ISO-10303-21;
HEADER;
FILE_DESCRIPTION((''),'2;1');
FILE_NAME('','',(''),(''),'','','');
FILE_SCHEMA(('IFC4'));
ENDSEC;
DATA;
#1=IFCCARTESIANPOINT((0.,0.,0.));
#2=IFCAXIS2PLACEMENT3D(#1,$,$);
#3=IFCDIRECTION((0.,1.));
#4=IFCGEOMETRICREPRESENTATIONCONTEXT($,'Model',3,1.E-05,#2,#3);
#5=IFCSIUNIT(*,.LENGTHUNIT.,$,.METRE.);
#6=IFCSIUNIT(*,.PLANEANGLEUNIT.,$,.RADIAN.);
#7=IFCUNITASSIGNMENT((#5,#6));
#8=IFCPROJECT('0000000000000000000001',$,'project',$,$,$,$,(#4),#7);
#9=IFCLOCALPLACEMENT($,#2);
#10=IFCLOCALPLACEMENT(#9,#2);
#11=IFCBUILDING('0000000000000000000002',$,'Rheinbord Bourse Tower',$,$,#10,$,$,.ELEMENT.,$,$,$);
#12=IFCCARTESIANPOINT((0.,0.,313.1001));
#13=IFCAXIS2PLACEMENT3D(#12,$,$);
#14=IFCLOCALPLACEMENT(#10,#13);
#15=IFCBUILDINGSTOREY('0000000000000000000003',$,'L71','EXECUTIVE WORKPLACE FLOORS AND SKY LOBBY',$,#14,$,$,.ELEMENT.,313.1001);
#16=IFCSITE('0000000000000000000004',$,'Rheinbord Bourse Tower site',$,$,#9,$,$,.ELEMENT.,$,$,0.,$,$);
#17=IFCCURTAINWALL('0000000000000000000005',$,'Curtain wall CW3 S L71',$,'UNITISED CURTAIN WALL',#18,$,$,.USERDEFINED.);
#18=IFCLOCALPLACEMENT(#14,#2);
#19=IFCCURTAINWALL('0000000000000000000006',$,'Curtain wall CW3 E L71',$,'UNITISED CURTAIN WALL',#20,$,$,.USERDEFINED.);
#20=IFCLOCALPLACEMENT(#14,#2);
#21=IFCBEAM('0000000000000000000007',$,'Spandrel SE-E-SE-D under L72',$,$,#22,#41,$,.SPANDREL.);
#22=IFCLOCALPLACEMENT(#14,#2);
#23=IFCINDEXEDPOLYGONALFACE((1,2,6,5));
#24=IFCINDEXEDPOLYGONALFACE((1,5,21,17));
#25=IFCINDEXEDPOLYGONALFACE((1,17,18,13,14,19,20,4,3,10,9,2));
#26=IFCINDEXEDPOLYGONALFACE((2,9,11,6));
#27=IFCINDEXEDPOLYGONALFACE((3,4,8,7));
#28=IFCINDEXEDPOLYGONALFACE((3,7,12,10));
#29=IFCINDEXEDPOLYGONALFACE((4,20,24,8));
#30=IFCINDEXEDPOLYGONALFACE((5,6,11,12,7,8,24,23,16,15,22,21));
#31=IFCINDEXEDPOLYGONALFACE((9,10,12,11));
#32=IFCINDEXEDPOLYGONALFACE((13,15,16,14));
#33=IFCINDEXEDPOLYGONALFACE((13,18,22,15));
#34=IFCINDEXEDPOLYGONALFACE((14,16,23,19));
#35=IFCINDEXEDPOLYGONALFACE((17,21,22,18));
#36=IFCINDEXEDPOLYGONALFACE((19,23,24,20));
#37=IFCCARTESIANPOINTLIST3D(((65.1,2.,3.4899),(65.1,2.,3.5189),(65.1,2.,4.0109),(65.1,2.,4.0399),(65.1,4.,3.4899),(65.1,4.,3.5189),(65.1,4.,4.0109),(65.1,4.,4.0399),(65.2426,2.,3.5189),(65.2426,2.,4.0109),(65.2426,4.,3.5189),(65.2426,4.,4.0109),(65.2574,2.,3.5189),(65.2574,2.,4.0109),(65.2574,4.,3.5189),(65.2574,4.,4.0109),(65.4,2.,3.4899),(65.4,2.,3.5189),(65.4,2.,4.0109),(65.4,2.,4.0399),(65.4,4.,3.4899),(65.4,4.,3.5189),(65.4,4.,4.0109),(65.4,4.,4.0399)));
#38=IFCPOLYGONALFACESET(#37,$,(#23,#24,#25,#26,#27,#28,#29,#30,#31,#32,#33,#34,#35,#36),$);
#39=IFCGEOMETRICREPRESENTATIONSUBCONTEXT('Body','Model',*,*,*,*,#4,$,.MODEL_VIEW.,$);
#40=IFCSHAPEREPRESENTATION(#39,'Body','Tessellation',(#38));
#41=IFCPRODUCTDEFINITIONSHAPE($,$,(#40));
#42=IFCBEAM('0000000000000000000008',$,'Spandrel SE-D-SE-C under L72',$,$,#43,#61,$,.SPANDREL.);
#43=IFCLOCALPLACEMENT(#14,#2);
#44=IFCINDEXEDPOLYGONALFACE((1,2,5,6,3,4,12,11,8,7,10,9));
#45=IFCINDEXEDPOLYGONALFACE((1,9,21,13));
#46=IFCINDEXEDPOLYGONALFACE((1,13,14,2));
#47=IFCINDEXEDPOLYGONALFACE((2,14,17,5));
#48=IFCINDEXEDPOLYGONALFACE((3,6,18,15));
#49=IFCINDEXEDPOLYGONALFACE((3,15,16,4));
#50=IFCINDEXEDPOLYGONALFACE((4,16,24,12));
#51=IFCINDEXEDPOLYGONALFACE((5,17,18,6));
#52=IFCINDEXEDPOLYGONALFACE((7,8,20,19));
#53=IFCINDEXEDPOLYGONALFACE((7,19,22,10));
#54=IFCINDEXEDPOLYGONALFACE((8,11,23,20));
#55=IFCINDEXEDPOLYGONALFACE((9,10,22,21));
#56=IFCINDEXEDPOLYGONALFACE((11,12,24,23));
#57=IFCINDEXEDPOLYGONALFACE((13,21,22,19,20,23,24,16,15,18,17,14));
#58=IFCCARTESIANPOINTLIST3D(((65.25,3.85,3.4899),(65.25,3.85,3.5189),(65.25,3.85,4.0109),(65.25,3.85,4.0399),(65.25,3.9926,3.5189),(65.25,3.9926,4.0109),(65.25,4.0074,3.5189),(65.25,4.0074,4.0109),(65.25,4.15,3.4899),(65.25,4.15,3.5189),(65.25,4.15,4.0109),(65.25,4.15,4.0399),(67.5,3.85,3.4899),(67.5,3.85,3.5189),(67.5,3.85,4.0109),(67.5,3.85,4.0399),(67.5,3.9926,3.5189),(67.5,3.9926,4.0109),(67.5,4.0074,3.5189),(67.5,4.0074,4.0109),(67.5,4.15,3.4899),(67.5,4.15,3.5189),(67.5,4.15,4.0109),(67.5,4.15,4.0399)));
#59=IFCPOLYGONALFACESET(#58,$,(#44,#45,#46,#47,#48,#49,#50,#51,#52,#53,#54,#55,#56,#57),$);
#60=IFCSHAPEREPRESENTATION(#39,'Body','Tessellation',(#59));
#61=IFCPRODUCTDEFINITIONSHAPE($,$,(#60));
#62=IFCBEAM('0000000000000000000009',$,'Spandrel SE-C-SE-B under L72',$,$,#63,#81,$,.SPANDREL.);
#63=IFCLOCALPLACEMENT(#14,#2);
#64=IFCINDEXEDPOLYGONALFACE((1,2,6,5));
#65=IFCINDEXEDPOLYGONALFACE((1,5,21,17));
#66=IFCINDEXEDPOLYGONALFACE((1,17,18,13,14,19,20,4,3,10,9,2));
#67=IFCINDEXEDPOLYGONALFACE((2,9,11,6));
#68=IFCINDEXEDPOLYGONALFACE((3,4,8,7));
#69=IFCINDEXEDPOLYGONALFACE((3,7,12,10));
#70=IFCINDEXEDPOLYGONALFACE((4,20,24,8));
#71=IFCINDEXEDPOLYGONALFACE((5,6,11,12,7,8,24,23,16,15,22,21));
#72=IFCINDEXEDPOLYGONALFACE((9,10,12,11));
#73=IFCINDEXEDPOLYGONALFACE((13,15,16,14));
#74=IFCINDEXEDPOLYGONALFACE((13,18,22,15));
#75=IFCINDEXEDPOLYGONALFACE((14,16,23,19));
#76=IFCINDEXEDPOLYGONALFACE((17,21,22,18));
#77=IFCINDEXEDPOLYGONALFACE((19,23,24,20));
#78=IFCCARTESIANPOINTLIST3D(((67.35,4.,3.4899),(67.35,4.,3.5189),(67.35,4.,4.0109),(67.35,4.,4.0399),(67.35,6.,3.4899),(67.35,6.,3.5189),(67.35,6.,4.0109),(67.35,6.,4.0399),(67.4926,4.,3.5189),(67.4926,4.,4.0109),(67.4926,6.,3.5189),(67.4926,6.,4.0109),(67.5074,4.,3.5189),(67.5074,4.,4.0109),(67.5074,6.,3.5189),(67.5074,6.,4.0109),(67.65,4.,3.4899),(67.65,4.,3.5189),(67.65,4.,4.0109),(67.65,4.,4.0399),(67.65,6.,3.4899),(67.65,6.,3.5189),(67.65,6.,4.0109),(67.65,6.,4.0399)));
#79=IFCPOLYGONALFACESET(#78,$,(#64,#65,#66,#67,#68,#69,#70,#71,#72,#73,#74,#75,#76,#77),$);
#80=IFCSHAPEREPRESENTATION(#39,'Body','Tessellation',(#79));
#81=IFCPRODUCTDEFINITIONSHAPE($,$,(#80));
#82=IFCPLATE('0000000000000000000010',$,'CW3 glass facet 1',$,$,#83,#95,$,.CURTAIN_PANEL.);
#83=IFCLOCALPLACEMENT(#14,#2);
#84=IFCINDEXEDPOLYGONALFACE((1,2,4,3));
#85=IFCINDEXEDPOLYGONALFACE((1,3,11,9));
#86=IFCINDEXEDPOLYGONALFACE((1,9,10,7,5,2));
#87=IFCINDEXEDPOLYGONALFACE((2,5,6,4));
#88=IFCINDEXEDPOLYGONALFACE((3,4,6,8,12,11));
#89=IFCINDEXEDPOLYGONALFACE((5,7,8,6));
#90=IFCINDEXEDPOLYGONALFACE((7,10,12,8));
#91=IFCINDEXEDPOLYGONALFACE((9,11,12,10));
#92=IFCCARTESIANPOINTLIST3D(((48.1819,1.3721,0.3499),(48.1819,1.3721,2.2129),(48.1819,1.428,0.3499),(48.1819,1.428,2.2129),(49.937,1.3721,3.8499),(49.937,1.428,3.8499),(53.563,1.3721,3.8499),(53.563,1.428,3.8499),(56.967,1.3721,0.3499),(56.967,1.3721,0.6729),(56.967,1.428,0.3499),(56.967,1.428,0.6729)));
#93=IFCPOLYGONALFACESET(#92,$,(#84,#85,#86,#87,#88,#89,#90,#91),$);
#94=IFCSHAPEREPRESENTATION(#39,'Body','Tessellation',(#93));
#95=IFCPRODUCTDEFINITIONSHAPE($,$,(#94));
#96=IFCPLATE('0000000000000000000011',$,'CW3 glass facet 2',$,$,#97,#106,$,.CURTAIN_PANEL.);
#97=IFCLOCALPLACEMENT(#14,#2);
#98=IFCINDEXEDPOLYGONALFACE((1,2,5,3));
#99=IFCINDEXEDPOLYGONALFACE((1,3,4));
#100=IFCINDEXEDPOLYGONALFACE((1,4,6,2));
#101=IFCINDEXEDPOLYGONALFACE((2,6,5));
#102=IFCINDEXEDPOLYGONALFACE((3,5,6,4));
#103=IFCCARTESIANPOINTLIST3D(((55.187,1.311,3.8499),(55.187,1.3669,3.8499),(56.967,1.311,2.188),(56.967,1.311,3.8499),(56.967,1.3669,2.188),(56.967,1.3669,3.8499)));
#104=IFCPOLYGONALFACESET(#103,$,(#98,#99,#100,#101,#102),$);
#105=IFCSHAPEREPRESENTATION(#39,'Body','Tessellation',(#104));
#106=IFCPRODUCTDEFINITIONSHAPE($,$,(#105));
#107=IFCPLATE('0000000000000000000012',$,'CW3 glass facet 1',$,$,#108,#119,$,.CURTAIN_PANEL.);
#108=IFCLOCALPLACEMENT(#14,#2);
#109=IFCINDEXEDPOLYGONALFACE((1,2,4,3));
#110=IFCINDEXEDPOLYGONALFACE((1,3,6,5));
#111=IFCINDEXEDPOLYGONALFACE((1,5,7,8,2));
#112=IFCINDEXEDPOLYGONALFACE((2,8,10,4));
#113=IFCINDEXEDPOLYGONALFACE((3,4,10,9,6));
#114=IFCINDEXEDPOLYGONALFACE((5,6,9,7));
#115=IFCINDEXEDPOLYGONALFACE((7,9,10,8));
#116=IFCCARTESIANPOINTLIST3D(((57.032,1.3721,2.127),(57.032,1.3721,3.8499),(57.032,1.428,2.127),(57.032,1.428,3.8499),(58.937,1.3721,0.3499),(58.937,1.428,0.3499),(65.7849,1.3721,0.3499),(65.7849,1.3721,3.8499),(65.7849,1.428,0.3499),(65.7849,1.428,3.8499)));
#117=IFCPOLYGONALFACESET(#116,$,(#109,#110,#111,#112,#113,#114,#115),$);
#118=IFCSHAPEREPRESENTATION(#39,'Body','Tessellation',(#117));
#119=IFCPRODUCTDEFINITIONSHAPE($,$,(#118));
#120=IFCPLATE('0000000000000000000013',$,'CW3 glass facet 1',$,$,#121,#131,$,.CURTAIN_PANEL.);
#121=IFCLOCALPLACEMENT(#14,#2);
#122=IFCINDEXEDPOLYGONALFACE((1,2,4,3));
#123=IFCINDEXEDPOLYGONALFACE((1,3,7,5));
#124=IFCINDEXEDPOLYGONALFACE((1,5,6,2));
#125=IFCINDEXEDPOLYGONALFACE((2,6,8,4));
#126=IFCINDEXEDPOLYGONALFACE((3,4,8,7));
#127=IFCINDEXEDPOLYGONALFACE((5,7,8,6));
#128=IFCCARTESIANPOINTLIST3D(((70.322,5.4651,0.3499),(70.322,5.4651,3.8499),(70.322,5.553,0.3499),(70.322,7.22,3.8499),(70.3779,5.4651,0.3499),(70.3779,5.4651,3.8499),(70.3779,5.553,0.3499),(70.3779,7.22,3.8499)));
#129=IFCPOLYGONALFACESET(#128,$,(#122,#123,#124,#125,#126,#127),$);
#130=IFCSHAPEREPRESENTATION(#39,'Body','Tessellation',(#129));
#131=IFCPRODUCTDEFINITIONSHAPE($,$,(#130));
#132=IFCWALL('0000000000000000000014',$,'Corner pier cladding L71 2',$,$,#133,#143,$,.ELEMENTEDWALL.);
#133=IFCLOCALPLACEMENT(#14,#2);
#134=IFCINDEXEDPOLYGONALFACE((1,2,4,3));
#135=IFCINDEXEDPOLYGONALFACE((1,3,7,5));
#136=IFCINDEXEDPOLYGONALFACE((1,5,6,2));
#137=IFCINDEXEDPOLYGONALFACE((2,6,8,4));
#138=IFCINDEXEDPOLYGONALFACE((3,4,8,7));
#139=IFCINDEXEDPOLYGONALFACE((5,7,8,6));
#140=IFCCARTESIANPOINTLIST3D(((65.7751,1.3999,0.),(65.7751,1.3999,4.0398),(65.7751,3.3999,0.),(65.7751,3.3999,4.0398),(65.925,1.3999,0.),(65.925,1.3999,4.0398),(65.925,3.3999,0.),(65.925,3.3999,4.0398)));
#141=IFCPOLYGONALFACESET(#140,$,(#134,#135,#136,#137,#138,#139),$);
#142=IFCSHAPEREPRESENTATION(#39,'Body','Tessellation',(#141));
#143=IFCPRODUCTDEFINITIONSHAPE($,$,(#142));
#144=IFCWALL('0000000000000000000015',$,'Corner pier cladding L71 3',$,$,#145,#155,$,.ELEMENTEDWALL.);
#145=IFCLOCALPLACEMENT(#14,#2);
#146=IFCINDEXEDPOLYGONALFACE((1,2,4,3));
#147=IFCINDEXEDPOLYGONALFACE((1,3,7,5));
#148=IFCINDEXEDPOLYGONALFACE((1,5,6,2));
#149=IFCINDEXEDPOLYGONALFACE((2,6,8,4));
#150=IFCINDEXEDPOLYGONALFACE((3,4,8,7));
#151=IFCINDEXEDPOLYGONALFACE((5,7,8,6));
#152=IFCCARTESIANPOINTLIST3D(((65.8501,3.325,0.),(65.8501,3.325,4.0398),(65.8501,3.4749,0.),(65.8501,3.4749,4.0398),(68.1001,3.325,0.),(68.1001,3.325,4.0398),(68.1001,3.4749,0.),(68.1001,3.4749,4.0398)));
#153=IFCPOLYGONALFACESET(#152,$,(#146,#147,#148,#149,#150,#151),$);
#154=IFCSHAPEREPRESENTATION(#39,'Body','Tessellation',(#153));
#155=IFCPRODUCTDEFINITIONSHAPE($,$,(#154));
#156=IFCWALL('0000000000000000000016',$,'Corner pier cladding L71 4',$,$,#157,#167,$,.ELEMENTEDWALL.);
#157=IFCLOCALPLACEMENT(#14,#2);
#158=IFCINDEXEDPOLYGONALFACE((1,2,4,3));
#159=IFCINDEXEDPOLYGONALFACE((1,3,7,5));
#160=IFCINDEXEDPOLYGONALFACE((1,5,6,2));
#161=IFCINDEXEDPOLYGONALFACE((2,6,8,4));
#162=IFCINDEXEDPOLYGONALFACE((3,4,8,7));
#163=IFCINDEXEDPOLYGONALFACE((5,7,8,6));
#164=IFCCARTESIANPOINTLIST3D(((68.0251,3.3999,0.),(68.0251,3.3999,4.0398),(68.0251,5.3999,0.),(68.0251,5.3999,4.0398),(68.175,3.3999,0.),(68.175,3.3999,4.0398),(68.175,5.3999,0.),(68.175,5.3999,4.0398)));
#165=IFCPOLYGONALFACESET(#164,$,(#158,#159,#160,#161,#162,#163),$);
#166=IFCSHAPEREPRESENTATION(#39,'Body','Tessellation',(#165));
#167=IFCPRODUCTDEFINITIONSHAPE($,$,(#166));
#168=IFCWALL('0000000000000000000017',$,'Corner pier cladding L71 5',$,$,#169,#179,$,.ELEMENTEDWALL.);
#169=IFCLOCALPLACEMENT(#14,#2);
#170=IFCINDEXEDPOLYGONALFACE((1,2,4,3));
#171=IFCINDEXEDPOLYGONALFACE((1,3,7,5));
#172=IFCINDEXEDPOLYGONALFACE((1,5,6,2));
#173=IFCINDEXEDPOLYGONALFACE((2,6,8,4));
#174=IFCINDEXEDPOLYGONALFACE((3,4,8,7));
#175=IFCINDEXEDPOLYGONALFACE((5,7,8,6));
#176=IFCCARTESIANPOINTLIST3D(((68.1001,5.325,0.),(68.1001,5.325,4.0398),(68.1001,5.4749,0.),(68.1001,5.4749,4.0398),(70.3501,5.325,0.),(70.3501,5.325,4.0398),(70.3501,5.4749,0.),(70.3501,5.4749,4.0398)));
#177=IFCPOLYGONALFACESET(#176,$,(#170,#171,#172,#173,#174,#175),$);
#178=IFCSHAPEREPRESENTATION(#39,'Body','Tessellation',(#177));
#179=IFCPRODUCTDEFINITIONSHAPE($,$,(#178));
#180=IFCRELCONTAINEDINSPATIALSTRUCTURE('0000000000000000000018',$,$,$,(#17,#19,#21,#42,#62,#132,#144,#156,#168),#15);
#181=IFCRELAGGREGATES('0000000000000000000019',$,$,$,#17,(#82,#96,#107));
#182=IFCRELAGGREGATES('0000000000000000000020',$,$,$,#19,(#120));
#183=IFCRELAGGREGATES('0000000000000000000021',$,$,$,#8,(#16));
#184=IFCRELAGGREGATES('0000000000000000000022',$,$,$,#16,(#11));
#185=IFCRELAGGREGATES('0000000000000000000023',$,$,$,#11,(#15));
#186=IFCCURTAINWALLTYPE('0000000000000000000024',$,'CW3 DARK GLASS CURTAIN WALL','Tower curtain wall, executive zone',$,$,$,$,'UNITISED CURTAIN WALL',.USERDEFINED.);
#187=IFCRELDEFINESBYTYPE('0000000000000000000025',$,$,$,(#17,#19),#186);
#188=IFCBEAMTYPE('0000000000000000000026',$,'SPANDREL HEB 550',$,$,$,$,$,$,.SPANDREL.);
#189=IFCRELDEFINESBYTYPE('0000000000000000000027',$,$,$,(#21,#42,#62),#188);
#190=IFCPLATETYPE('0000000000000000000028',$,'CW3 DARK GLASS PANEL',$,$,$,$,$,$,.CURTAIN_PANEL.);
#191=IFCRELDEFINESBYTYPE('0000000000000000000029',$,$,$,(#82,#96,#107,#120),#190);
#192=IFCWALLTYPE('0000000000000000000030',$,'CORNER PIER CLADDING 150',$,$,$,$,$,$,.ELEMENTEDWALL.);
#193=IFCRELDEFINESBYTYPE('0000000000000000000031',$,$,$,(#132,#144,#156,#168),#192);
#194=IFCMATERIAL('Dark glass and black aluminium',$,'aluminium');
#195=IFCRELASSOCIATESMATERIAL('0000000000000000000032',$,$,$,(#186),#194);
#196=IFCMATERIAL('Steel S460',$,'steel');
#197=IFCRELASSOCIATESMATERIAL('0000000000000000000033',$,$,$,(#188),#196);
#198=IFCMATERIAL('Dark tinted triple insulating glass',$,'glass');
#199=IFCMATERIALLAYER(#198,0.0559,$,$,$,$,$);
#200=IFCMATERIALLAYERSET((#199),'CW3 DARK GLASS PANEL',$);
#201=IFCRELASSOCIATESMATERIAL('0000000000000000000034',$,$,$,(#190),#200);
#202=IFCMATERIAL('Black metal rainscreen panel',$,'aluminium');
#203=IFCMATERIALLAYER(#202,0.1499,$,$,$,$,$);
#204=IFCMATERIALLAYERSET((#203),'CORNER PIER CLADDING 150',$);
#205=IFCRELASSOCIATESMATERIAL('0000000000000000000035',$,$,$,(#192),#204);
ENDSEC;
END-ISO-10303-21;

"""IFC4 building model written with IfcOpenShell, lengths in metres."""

from ifc_helpers import new_model, si_unit, direction, frame, frame_2d, origin, origin_2d, place, context, subcontext, project, spatial, polyline, rectangle, i_section, outline, extrude, material, layer, layer_set, material_profile, profile_set, type_object, element, aggregate, save


model = new_model("IFC4")

# Units and contexts
model_context = context("Model", 3, precision=1e-05, world=origin(), true_north=direction((0.0, 1.0)))
body_context = subcontext(model_context, "Body", "Model", "MODEL_VIEW")
ifc_project = project(units=[si_unit("LENGTHUNIT", "METRE"), si_unit("PLANEANGLEUNIT", "RADIAN")], contexts=[model_context])

# Site, building, storey
site_placement = place(None, origin())
site = spatial("IfcSite", under=ifc_project, at=site_placement, Name="Rheinbord Bourse Tower site", CompositionType="ELEMENT", RefElevation=0.0)
building_placement = place(site_placement, origin())
building = spatial("IfcBuilding", under=site, at=building_placement, Name="Rheinbord Bourse Tower", CompositionType="ELEMENT")
storey_placement = place(building_placement, frame((0.0, 0.0, 313.1001)))
storey = spatial("IfcBuildingStorey", under=building, at=storey_placement, Name="L71", Description="EXECUTIVE WORKPLACE FLOORS AND SKY LOBBY", CompositionType="ELEMENT", Elevation=313.1001)

# Curtain wall
ifc_material_1 = material(Name="Dark glass and black aluminium", Category="aluminium")
curtain_wall_type = type_object("IfcCurtainWallType", Name="CW3 DARK GLASS CURTAIN WALL", Description="Tower curtain wall, executive zone", ElementType="UNITISED CURTAIN WALL", PredefinedType="USERDEFINED", material=ifc_material_1)
curtain_wall_1_placement = place(storey_placement, origin())
curtain_wall_1 = element("IfcCurtainWall", 1, at=curtain_wall_1_placement, inside=storey, type_object=curtain_wall_type, Name="Curtain wall CW3 S L71", ObjectType="UNITISED CURTAIN WALL", PredefinedType="USERDEFINED")

# Curtain wall
curtain_wall_2_placement = place(storey_placement, origin())
curtain_wall_2 = element("IfcCurtainWall", 2, at=curtain_wall_2_placement, inside=storey, type_object=curtain_wall_type, Name="Curtain wall CW3 E L71", ObjectType="UNITISED CURTAIN WALL", PredefinedType="USERDEFINED")

# Beams
ifc_material_2 = material(Name="Steel S460", Category="steel")
ifc_material_profile_1 = material_profile(ifc_material_2, i_section(OverallWidth=0.3, OverallDepth=0.55, WebThickness=0.0149, FlangeThickness=0.0291, at=origin_2d()), Name="HEB 550")
ifc_profile_set_1 = profile_set([ifc_material_profile_1], Name="Steel S460")
beam_type_1 = type_object("IfcBeamType", Name="SPANDREL HEB 550", PredefinedType="SPANDREL", material=ifc_profile_set_1)
beam_1_placement = place(storey_placement, frame((65.25, 2.0, 3.7649), z_axis=(0.0, 1.0, 0.0), x_axis=(-1.0, 0.0, 0.0)))
element("IfcBeam", 3, at=beam_1_placement, inside=storey, type_object=beam_type_1, Name="Spandrel SE-E-SE-D under L72", PredefinedType="SPANDREL", context=body_context, shape_type="SweptSolid", body=[
    extrude(i_section(OverallWidth=0.3, OverallDepth=0.55, WebThickness=0.0149, FlangeThickness=0.0291, at=origin_2d()), origin(), (0.0, 0.0, 1.0), 2.0),
])
beam_2_placement = place(storey_placement, frame((65.25, 4.0, 3.7649), z_axis=(1.0, 0.0, 0.0), x_axis=(0.0, 1.0, 0.0)))
element("IfcBeam", 4, at=beam_2_placement, inside=storey, type_object=beam_type_1, Name="Spandrel SE-D-SE-C under L72", PredefinedType="SPANDREL", context=body_context, shape_type="SweptSolid", body=[
    extrude(i_section(OverallWidth=0.3, OverallDepth=0.55, WebThickness=0.0149, FlangeThickness=0.0291, at=origin_2d()), origin(), (0.0, 0.0, 1.0), 2.25),
])
beam_3_placement = place(storey_placement, frame((67.5, 4.0, 3.7649), z_axis=(0.0, 1.0, 0.0), x_axis=(-1.0, 0.0, 0.0)))
element("IfcBeam", 5, at=beam_3_placement, inside=storey, type_object=beam_type_1, Name="Spandrel SE-C-SE-B under L72", PredefinedType="SPANDREL", context=body_context, shape_type="SweptSolid", body=[
    extrude(i_section(OverallWidth=0.3, OverallDepth=0.55, WebThickness=0.0149, FlangeThickness=0.0291, at=origin_2d()), origin(), (0.0, 0.0, 1.0), 2.0),
])

# Plates
ifc_material_3 = material(Name="Dark tinted triple insulating glass", Category="glass")
ifc_layer_1 = layer(ifc_material_3, 0.0559)
ifc_layer_set_1 = layer_set([ifc_layer_1], Name="CW3 DARK GLASS PANEL")
plate_type = type_object("IfcPlateType", Name="CW3 DARK GLASS PANEL", PredefinedType="CURTAIN_PANEL", material=ifc_layer_set_1)
plate_1_placement = place(storey_placement, frame((56.967, 1.3721, 0.3499), z_axis=(0.0, 1.0, 0.0), x_axis=(-1.0, 0.0, 0.0)))
plate_1 = element("IfcPlate", 6, at=plate_1_placement, type_object=plate_type, Name="CW3 glass facet 1", PredefinedType="CURTAIN_PANEL", context=body_context, shape_type="SweptSolid", body=[
    extrude(outline(polyline([(0.0, 0.0), (8.7852, 0.0), (8.7852, 1.863), (7.03, 3.5), (3.4041, 3.5), (0.0, 0.323), (0.0, 0.0)])), origin(), (0.0, 0.0, 1.0), 0.0559),
])
plate_2_placement = place(storey_placement, frame((56.967, 1.311, 3.8499), z_axis=(0.0, 1.0, 0.0), x_axis=(0.0, 0.0, -1.0)))
plate_2 = element("IfcPlate", 7, at=plate_2_placement, type_object=plate_type, Name="CW3 glass facet 2", PredefinedType="CURTAIN_PANEL", context=body_context, shape_type="SweptSolid", body=[
    extrude(outline(polyline([(0.0, 0.0), (1.6619, 0.0), (0.0, 1.78), (0.0, 0.0)])), origin(), (0.0, 0.0, 1.0), 0.0559),
])
plate_3_placement = place(storey_placement, frame((57.032, 1.3721, 3.8499), z_axis=(0.0, 1.0, 0.0), x_axis=(1.0, 0.0, 0.0)))
plate_3 = element("IfcPlate", 8, at=plate_3_placement, type_object=plate_type, Name="CW3 glass facet 1", PredefinedType="CURTAIN_PANEL", context=body_context, shape_type="SweptSolid", body=[
    extrude(outline(polyline([(0.0, 0.0), (8.7529, 0.0), (8.7529, 3.5), (1.905, 3.5), (0.0, 1.7229), (0.0, 0.0)])), origin(), (0.0, 0.0, 1.0), 0.0559),
])
aggregate(curtain_wall_1, [plate_1, plate_2, plate_3])
plate_4_placement = place(storey_placement, frame((70.3779, 5.4651, 0.3499), z_axis=(-1.0, 0.0, 0.0), x_axis=(0.0, 0.0, 1.0)))
plate_4 = element("IfcPlate", 9, at=plate_4_placement, type_object=plate_type, Name="CW3 glass facet 1", PredefinedType="CURTAIN_PANEL", context=body_context, shape_type="SweptSolid", body=[
    extrude(outline(polyline([(0.0, 0.0), (3.5, 0.0), (3.5, 1.7549), (0.0, 0.0879), (0.0, 0.0)])), origin(), (0.0, 0.0, 1.0), 0.0559),
])
aggregate(curtain_wall_2, [plate_4])

# Walls
ifc_material_4 = material(Name="Black metal rainscreen panel", Category="aluminium")
ifc_layer_2 = layer(ifc_material_4, 0.1499)
ifc_layer_set_2 = layer_set([ifc_layer_2], Name="CORNER PIER CLADDING 150")
wall_type = type_object("IfcWallType", Name="CORNER PIER CLADDING 150", PredefinedType="ELEMENTEDWALL", material=ifc_layer_set_2)
wall_1_placement = place(storey_placement, frame((65.8501, 1.3999, 0.0), z_axis=(0.0, 0.0, 1.0), x_axis=(0.0, 1.0, 0.0)))
element("IfcWall", 10, at=wall_1_placement, inside=storey, type_object=wall_type, Name="Corner pier cladding L71 2", PredefinedType="ELEMENTEDWALL", context=body_context, shape_type="SweptSolid", body=[
    extrude(rectangle(XDim=2.0, YDim=0.1499, at=frame_2d((1.0, 0.0))), origin(), (0.0, 0.0, 1.0), 4.0398),
])
wall_2_placement = place(storey_placement, frame((65.8501, 3.3999, 0.0), z_axis=(0.0, 0.0, 1.0), x_axis=(1.0, 0.0, 0.0)))
element("IfcWall", 11, at=wall_2_placement, inside=storey, type_object=wall_type, Name="Corner pier cladding L71 3", PredefinedType="ELEMENTEDWALL", context=body_context, shape_type="SweptSolid", body=[
    extrude(rectangle(XDim=2.25, YDim=0.1499, at=frame_2d((1.125, 0.0))), origin(), (0.0, 0.0, 1.0), 4.0398),
])
wall_3_placement = place(storey_placement, frame((68.1001, 3.3999, 0.0), z_axis=(0.0, 0.0, 1.0), x_axis=(0.0, 1.0, 0.0)))
element("IfcWall", 12, at=wall_3_placement, inside=storey, type_object=wall_type, Name="Corner pier cladding L71 4", PredefinedType="ELEMENTEDWALL", context=body_context, shape_type="SweptSolid", body=[
    extrude(rectangle(XDim=2.0, YDim=0.1499, at=frame_2d((1.0, 0.0))), origin(), (0.0, 0.0, 1.0), 4.0398),
])
wall_4_placement = place(storey_placement, frame((68.1001, 5.3999, 0.0), z_axis=(0.0, 0.0, 1.0), x_axis=(1.0, 0.0, 0.0)))
element("IfcWall", 13, at=wall_4_placement, inside=storey, type_object=wall_type, Name="Corner pier cladding L71 5", PredefinedType="ELEMENTEDWALL", context=body_context, shape_type="SweptSolid", body=[
    extrude(rectangle(XDim=2.25, YDim=0.1499, at=frame_2d((1.125, 0.0))), origin(), (0.0, 0.0, 1.0), 4.0398),
])

save(model, "model.ifc")
